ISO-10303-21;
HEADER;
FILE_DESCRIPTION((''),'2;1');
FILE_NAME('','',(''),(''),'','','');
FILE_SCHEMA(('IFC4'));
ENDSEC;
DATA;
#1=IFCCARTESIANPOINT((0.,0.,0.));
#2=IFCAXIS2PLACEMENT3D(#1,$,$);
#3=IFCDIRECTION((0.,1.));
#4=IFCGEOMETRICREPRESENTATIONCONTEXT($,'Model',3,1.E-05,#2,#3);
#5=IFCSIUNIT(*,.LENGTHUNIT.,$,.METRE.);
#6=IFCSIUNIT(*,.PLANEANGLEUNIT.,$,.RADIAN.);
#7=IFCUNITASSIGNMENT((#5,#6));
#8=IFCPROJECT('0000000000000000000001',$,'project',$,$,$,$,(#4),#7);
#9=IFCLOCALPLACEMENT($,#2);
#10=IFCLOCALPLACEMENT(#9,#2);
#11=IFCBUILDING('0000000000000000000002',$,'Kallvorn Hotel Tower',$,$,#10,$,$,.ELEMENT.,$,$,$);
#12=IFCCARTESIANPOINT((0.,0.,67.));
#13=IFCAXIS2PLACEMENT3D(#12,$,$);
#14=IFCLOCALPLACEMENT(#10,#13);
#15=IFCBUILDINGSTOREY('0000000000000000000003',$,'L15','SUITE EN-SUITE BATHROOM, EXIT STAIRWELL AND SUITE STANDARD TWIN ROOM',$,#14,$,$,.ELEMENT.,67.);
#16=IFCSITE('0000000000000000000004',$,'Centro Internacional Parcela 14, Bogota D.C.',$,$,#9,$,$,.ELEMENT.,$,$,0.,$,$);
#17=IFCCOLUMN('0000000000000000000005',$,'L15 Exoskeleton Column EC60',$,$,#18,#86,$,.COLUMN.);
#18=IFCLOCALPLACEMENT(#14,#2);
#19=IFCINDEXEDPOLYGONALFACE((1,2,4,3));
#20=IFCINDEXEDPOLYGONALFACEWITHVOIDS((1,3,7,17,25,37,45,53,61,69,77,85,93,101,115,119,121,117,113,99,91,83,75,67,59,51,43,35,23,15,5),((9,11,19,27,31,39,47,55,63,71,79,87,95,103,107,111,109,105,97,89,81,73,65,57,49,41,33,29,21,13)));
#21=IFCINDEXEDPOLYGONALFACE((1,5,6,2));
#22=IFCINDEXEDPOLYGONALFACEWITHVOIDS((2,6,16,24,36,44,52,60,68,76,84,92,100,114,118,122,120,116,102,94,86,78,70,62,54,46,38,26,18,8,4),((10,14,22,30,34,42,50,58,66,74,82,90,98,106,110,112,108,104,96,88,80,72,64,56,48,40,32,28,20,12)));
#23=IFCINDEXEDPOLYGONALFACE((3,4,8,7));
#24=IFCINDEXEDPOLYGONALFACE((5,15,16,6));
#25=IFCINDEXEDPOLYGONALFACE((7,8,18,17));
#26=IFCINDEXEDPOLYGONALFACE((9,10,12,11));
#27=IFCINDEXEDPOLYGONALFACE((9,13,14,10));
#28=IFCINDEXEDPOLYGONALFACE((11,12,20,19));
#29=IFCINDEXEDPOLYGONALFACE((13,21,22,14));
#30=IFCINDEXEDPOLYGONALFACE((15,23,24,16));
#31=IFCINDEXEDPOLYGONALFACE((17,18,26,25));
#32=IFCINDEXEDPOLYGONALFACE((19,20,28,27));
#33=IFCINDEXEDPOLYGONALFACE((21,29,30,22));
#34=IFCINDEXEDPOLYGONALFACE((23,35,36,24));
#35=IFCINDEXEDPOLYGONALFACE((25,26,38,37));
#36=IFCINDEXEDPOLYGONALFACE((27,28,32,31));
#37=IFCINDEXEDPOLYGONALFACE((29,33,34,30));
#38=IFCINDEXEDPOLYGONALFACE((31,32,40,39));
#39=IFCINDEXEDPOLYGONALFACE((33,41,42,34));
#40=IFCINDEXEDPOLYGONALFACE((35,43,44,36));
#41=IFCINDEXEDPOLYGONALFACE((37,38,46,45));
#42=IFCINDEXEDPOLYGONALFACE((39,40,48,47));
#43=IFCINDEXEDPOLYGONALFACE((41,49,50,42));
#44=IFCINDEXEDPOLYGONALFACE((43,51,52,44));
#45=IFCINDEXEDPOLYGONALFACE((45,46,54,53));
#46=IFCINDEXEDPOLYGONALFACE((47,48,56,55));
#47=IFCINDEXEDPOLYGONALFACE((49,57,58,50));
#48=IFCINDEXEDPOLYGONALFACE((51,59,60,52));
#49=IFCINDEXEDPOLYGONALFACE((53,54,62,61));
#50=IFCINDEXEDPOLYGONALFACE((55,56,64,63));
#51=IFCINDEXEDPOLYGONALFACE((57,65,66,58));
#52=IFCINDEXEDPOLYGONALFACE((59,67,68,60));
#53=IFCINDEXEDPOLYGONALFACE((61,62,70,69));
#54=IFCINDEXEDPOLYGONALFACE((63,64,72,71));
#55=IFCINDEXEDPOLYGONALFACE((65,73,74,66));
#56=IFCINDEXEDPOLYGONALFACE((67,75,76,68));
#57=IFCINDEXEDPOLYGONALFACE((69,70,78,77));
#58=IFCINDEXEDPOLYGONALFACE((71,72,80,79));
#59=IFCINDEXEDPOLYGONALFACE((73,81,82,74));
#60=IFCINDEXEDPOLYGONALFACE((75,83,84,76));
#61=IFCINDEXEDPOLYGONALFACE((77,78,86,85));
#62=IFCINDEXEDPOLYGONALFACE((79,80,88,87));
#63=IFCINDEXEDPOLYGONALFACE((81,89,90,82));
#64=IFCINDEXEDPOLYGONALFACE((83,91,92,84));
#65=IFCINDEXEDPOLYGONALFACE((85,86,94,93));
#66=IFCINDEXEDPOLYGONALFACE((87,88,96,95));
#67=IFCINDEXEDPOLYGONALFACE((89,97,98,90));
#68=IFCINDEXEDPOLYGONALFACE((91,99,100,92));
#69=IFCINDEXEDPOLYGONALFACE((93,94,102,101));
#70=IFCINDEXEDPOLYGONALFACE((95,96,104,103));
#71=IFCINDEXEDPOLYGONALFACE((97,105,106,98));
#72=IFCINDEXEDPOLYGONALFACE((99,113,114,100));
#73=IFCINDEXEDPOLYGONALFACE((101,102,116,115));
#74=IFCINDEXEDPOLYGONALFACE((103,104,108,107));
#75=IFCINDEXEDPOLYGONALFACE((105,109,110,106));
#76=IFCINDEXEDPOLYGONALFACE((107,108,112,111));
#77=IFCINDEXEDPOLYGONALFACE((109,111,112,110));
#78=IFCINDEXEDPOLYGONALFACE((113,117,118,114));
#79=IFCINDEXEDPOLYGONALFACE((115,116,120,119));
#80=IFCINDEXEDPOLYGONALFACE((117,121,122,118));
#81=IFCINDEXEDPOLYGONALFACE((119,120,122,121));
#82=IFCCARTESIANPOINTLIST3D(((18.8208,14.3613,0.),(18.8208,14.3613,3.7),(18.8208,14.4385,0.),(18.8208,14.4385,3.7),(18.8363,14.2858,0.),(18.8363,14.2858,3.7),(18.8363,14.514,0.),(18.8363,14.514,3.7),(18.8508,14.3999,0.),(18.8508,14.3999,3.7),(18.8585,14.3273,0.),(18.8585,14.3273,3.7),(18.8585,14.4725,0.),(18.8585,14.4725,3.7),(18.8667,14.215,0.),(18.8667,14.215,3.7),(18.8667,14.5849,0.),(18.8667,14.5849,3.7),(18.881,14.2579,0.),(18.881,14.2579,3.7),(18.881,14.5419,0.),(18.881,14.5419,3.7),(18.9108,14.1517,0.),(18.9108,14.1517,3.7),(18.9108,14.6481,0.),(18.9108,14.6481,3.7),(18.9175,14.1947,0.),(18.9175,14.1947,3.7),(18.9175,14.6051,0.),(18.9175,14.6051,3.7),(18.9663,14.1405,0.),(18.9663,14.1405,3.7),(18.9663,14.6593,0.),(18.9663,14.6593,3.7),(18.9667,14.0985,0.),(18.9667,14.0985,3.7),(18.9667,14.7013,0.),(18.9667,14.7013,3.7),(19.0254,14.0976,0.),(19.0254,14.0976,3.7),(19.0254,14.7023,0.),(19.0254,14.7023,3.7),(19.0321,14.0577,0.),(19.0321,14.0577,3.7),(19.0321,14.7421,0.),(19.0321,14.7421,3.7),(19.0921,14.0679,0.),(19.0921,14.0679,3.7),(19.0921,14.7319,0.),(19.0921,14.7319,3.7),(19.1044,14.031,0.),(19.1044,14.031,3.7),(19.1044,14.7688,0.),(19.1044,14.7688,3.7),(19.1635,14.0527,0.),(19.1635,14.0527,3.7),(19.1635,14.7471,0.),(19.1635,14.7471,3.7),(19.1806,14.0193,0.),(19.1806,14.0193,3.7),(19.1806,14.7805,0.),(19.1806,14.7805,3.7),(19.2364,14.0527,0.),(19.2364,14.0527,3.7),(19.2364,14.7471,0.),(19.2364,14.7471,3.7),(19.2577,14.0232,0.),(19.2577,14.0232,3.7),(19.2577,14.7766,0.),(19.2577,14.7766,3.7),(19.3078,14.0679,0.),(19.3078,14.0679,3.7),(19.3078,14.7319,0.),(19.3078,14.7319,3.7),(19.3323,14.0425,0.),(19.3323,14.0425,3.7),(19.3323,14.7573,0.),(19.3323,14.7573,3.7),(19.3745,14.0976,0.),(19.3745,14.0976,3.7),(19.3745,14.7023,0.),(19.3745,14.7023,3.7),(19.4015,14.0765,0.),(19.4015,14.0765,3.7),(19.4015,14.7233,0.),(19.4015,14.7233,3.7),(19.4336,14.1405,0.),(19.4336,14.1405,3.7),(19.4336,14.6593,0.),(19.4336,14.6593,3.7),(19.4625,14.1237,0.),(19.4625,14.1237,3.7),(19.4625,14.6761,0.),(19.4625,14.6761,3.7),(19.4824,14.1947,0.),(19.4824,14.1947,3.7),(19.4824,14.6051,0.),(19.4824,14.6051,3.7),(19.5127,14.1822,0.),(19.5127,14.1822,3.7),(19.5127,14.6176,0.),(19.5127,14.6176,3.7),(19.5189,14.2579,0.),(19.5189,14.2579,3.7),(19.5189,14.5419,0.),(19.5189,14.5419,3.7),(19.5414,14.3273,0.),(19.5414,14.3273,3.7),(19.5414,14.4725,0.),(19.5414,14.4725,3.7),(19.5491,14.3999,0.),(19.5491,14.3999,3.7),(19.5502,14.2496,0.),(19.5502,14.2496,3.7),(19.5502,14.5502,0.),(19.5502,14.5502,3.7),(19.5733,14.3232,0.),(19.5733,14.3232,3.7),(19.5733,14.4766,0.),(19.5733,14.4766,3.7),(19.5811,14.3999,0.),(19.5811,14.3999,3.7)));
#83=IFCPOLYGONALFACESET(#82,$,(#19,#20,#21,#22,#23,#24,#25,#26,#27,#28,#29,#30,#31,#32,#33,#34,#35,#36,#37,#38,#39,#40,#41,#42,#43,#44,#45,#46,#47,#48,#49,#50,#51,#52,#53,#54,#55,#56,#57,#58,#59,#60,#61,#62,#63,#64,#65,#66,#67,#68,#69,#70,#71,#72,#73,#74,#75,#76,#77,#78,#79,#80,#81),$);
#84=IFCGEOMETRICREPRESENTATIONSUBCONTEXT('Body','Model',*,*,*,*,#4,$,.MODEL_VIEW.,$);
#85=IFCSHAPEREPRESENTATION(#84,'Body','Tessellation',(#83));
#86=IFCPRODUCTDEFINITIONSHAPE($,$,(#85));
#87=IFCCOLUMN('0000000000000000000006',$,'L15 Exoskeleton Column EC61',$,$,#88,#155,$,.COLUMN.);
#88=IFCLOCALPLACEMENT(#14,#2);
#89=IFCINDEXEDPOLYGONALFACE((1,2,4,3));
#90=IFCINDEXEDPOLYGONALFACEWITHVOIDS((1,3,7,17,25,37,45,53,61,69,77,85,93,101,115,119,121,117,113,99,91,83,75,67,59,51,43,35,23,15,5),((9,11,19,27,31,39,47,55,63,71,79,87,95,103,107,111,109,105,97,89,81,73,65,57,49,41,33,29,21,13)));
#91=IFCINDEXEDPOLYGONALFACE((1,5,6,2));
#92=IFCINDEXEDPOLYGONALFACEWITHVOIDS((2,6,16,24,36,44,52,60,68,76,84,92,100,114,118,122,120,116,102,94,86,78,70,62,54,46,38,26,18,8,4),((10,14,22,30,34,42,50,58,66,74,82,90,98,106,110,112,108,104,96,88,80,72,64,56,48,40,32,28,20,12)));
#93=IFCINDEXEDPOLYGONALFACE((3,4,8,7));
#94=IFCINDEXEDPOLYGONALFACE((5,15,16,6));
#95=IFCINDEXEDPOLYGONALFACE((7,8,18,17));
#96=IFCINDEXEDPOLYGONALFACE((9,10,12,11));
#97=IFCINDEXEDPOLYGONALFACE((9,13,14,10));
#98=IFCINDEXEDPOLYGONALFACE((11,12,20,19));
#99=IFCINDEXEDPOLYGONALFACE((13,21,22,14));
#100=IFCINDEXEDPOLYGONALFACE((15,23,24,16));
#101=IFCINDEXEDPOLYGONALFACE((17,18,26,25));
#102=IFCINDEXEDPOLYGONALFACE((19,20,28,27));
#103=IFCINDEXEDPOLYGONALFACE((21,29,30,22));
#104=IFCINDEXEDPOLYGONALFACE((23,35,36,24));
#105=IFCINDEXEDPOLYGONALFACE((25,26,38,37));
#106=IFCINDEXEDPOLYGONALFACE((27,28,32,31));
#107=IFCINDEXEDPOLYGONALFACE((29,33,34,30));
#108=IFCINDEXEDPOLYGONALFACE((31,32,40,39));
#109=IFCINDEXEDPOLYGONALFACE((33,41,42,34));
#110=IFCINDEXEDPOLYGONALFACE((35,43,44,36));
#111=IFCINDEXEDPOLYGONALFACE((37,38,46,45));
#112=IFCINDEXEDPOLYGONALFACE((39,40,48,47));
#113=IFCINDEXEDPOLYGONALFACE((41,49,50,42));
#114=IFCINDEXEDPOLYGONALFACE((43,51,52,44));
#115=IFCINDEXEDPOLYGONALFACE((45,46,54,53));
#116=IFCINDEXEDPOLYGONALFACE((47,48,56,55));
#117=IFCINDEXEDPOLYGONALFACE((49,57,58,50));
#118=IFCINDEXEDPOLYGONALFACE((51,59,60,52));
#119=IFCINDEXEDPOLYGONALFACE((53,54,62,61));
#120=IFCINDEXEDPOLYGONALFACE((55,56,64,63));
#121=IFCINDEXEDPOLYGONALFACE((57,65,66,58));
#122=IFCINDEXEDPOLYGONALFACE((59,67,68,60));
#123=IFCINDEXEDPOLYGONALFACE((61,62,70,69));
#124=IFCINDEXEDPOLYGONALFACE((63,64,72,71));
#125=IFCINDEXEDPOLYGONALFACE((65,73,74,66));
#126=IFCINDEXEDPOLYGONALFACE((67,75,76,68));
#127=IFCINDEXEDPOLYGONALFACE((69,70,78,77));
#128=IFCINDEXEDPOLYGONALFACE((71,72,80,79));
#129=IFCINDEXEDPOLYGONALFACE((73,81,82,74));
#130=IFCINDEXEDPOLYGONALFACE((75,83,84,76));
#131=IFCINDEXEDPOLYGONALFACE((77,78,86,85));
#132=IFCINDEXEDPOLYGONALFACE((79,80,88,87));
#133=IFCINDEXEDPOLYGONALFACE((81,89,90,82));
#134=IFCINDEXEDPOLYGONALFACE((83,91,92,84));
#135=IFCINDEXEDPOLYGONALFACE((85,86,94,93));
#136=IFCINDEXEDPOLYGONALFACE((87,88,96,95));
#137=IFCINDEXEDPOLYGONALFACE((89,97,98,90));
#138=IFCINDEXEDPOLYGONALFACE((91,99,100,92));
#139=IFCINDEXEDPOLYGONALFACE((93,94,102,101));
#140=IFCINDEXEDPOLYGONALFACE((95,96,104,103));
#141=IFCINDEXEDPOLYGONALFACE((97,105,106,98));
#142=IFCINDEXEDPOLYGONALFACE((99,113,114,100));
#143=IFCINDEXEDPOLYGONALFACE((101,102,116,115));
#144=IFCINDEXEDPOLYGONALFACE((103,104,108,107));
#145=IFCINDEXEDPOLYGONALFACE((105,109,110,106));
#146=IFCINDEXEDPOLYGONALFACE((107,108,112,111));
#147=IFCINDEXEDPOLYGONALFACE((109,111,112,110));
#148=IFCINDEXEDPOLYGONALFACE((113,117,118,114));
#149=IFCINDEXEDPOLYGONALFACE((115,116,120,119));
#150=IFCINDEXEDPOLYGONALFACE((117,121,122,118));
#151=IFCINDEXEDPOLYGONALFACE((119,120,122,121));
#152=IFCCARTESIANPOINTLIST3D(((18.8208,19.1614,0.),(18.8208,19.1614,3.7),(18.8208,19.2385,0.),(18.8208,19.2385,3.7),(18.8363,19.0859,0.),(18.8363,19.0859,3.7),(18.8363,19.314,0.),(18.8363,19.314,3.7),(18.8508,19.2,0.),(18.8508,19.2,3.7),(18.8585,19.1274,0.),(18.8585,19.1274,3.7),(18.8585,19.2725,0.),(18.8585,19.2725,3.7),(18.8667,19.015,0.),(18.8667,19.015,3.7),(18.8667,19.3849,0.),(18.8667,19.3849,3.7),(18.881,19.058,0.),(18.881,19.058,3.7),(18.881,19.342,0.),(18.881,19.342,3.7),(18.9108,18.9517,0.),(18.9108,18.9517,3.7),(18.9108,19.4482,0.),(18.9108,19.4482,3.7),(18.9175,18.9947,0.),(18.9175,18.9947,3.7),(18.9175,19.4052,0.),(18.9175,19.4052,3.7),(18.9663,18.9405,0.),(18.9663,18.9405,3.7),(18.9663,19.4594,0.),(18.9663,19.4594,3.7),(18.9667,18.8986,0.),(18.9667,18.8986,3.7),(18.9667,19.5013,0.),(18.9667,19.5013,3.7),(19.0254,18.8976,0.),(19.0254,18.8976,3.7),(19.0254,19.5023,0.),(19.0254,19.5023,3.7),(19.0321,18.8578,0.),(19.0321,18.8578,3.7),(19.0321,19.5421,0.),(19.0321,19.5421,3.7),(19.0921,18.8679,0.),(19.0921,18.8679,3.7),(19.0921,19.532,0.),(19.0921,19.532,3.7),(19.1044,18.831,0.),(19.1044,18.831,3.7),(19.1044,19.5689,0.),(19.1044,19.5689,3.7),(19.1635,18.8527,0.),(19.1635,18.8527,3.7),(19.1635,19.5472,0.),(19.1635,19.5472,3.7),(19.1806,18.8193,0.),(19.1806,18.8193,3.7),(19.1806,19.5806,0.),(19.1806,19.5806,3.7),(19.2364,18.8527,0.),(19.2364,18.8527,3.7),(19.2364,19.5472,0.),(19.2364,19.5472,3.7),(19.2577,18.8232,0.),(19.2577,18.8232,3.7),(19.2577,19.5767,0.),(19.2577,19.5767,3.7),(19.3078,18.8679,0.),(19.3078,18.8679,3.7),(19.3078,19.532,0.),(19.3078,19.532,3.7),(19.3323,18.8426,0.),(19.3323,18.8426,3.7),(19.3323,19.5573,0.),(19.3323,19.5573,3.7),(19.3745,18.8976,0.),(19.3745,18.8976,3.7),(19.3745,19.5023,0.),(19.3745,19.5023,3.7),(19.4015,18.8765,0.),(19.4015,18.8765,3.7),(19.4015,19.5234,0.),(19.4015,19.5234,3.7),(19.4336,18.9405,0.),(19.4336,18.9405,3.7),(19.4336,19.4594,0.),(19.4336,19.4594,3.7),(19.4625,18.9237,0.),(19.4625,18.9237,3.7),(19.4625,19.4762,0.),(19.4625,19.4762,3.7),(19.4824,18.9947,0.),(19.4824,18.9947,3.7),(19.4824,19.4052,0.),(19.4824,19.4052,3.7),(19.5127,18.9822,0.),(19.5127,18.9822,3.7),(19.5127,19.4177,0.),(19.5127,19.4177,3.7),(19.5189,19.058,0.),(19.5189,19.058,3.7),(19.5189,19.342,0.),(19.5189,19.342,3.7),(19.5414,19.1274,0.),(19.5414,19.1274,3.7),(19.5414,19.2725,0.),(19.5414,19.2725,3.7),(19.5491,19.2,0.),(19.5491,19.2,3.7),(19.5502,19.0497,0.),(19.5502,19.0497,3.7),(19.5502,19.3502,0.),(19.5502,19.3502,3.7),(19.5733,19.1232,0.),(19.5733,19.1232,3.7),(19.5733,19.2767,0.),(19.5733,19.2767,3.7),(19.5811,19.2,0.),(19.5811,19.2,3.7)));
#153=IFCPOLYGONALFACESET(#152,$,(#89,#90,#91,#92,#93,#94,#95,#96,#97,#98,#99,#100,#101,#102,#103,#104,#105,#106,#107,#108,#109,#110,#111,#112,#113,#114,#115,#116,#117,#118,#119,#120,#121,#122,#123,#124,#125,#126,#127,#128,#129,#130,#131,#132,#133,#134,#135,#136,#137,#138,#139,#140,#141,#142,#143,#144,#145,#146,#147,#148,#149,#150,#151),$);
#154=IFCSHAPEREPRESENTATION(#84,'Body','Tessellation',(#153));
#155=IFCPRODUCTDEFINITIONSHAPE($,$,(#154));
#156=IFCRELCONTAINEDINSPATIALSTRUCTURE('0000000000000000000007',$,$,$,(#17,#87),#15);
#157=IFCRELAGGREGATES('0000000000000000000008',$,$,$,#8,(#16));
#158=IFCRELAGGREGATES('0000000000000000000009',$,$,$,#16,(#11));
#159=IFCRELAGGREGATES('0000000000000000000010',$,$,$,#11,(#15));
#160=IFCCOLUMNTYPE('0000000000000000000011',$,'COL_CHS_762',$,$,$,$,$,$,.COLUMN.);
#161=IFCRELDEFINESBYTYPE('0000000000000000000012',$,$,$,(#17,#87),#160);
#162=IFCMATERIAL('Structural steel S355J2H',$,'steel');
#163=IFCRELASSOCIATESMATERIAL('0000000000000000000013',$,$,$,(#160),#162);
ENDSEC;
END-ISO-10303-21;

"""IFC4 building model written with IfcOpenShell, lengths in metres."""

from ifc_helpers import new_model, si_unit, direction, frame, origin, origin_2d, place, context, subcontext, project, spatial, hollow_circle, extrude, material, material_profile, profile_set, type_object, element, save


model = new_model("IFC4")

# Units and contexts
model_context = context("Model", 3, precision=1e-05, world=origin(), true_north=direction((0.0, 1.0)))
body_context = subcontext(model_context, "Body", "Model", "MODEL_VIEW")
ifc_project = project(units=[si_unit("LENGTHUNIT", "METRE"), si_unit("PLANEANGLEUNIT", "RADIAN")], contexts=[model_context])

# Site, building, storey
site_placement = place(None, origin())
site = spatial("IfcSite", under=ifc_project, at=site_placement, Name="Centro Internacional Parcela 14, Bogota D.C.", CompositionType="ELEMENT", RefElevation=0.0)
building_placement = place(site_placement, origin())
building = spatial("IfcBuilding", under=site, at=building_placement, Name="Kallvorn Hotel Tower", CompositionType="ELEMENT")
storey_placement = place(building_placement, frame((0.0, 0.0, 67.0)))
storey = spatial("IfcBuildingStorey", under=building, at=storey_placement, Name="L15", Description="SUITE EN-SUITE BATHROOM, EXIT STAIRWELL AND SUITE STANDARD TWIN ROOM", CompositionType="ELEMENT", Elevation=67.0)

# Columns
ifc_material_1 = material(Name="Structural steel S355J2H", Category="steel")
ifc_material_profile_1 = material_profile(ifc_material_1, hollow_circle(Radius=0.3811, WallThickness=0.032, at=origin_2d()), Name="CHS 762x32")
ifc_profile_set_1 = profile_set([ifc_material_profile_1], Name="Structural steel S355J2H")
column_type_1 = type_object("IfcColumnType", Name="COL_CHS_762", PredefinedType="COLUMN", material=ifc_profile_set_1)
for number, where, z_axis, x_axis, name in (
    (1, (19.2, 14.3999, 0.0), (0.0, 0.0, 1.0), (1.0, 0.0, 0.0), "L15 Exoskeleton Column EC60"),
    (2, (19.2, 19.2, 0.0), (0.0, 0.0, 1.0), (1.0, 0.0, 0.0), "L15 Exoskeleton Column EC61"),
):
    element("IfcColumn", number, at=place(storey_placement, frame(where, z_axis=z_axis, x_axis=x_axis)), inside=storey, type_object=column_type_1, Name=name, PredefinedType="COLUMN", context=body_context, shape_type="SweptSolid", body=[
        extrude(hollow_circle(Radius=0.3811, WallThickness=0.032, at=origin_2d()), origin(), (0.0, 0.0, 1.0), 3.7),
    ])

save(model, "model.ifc")
